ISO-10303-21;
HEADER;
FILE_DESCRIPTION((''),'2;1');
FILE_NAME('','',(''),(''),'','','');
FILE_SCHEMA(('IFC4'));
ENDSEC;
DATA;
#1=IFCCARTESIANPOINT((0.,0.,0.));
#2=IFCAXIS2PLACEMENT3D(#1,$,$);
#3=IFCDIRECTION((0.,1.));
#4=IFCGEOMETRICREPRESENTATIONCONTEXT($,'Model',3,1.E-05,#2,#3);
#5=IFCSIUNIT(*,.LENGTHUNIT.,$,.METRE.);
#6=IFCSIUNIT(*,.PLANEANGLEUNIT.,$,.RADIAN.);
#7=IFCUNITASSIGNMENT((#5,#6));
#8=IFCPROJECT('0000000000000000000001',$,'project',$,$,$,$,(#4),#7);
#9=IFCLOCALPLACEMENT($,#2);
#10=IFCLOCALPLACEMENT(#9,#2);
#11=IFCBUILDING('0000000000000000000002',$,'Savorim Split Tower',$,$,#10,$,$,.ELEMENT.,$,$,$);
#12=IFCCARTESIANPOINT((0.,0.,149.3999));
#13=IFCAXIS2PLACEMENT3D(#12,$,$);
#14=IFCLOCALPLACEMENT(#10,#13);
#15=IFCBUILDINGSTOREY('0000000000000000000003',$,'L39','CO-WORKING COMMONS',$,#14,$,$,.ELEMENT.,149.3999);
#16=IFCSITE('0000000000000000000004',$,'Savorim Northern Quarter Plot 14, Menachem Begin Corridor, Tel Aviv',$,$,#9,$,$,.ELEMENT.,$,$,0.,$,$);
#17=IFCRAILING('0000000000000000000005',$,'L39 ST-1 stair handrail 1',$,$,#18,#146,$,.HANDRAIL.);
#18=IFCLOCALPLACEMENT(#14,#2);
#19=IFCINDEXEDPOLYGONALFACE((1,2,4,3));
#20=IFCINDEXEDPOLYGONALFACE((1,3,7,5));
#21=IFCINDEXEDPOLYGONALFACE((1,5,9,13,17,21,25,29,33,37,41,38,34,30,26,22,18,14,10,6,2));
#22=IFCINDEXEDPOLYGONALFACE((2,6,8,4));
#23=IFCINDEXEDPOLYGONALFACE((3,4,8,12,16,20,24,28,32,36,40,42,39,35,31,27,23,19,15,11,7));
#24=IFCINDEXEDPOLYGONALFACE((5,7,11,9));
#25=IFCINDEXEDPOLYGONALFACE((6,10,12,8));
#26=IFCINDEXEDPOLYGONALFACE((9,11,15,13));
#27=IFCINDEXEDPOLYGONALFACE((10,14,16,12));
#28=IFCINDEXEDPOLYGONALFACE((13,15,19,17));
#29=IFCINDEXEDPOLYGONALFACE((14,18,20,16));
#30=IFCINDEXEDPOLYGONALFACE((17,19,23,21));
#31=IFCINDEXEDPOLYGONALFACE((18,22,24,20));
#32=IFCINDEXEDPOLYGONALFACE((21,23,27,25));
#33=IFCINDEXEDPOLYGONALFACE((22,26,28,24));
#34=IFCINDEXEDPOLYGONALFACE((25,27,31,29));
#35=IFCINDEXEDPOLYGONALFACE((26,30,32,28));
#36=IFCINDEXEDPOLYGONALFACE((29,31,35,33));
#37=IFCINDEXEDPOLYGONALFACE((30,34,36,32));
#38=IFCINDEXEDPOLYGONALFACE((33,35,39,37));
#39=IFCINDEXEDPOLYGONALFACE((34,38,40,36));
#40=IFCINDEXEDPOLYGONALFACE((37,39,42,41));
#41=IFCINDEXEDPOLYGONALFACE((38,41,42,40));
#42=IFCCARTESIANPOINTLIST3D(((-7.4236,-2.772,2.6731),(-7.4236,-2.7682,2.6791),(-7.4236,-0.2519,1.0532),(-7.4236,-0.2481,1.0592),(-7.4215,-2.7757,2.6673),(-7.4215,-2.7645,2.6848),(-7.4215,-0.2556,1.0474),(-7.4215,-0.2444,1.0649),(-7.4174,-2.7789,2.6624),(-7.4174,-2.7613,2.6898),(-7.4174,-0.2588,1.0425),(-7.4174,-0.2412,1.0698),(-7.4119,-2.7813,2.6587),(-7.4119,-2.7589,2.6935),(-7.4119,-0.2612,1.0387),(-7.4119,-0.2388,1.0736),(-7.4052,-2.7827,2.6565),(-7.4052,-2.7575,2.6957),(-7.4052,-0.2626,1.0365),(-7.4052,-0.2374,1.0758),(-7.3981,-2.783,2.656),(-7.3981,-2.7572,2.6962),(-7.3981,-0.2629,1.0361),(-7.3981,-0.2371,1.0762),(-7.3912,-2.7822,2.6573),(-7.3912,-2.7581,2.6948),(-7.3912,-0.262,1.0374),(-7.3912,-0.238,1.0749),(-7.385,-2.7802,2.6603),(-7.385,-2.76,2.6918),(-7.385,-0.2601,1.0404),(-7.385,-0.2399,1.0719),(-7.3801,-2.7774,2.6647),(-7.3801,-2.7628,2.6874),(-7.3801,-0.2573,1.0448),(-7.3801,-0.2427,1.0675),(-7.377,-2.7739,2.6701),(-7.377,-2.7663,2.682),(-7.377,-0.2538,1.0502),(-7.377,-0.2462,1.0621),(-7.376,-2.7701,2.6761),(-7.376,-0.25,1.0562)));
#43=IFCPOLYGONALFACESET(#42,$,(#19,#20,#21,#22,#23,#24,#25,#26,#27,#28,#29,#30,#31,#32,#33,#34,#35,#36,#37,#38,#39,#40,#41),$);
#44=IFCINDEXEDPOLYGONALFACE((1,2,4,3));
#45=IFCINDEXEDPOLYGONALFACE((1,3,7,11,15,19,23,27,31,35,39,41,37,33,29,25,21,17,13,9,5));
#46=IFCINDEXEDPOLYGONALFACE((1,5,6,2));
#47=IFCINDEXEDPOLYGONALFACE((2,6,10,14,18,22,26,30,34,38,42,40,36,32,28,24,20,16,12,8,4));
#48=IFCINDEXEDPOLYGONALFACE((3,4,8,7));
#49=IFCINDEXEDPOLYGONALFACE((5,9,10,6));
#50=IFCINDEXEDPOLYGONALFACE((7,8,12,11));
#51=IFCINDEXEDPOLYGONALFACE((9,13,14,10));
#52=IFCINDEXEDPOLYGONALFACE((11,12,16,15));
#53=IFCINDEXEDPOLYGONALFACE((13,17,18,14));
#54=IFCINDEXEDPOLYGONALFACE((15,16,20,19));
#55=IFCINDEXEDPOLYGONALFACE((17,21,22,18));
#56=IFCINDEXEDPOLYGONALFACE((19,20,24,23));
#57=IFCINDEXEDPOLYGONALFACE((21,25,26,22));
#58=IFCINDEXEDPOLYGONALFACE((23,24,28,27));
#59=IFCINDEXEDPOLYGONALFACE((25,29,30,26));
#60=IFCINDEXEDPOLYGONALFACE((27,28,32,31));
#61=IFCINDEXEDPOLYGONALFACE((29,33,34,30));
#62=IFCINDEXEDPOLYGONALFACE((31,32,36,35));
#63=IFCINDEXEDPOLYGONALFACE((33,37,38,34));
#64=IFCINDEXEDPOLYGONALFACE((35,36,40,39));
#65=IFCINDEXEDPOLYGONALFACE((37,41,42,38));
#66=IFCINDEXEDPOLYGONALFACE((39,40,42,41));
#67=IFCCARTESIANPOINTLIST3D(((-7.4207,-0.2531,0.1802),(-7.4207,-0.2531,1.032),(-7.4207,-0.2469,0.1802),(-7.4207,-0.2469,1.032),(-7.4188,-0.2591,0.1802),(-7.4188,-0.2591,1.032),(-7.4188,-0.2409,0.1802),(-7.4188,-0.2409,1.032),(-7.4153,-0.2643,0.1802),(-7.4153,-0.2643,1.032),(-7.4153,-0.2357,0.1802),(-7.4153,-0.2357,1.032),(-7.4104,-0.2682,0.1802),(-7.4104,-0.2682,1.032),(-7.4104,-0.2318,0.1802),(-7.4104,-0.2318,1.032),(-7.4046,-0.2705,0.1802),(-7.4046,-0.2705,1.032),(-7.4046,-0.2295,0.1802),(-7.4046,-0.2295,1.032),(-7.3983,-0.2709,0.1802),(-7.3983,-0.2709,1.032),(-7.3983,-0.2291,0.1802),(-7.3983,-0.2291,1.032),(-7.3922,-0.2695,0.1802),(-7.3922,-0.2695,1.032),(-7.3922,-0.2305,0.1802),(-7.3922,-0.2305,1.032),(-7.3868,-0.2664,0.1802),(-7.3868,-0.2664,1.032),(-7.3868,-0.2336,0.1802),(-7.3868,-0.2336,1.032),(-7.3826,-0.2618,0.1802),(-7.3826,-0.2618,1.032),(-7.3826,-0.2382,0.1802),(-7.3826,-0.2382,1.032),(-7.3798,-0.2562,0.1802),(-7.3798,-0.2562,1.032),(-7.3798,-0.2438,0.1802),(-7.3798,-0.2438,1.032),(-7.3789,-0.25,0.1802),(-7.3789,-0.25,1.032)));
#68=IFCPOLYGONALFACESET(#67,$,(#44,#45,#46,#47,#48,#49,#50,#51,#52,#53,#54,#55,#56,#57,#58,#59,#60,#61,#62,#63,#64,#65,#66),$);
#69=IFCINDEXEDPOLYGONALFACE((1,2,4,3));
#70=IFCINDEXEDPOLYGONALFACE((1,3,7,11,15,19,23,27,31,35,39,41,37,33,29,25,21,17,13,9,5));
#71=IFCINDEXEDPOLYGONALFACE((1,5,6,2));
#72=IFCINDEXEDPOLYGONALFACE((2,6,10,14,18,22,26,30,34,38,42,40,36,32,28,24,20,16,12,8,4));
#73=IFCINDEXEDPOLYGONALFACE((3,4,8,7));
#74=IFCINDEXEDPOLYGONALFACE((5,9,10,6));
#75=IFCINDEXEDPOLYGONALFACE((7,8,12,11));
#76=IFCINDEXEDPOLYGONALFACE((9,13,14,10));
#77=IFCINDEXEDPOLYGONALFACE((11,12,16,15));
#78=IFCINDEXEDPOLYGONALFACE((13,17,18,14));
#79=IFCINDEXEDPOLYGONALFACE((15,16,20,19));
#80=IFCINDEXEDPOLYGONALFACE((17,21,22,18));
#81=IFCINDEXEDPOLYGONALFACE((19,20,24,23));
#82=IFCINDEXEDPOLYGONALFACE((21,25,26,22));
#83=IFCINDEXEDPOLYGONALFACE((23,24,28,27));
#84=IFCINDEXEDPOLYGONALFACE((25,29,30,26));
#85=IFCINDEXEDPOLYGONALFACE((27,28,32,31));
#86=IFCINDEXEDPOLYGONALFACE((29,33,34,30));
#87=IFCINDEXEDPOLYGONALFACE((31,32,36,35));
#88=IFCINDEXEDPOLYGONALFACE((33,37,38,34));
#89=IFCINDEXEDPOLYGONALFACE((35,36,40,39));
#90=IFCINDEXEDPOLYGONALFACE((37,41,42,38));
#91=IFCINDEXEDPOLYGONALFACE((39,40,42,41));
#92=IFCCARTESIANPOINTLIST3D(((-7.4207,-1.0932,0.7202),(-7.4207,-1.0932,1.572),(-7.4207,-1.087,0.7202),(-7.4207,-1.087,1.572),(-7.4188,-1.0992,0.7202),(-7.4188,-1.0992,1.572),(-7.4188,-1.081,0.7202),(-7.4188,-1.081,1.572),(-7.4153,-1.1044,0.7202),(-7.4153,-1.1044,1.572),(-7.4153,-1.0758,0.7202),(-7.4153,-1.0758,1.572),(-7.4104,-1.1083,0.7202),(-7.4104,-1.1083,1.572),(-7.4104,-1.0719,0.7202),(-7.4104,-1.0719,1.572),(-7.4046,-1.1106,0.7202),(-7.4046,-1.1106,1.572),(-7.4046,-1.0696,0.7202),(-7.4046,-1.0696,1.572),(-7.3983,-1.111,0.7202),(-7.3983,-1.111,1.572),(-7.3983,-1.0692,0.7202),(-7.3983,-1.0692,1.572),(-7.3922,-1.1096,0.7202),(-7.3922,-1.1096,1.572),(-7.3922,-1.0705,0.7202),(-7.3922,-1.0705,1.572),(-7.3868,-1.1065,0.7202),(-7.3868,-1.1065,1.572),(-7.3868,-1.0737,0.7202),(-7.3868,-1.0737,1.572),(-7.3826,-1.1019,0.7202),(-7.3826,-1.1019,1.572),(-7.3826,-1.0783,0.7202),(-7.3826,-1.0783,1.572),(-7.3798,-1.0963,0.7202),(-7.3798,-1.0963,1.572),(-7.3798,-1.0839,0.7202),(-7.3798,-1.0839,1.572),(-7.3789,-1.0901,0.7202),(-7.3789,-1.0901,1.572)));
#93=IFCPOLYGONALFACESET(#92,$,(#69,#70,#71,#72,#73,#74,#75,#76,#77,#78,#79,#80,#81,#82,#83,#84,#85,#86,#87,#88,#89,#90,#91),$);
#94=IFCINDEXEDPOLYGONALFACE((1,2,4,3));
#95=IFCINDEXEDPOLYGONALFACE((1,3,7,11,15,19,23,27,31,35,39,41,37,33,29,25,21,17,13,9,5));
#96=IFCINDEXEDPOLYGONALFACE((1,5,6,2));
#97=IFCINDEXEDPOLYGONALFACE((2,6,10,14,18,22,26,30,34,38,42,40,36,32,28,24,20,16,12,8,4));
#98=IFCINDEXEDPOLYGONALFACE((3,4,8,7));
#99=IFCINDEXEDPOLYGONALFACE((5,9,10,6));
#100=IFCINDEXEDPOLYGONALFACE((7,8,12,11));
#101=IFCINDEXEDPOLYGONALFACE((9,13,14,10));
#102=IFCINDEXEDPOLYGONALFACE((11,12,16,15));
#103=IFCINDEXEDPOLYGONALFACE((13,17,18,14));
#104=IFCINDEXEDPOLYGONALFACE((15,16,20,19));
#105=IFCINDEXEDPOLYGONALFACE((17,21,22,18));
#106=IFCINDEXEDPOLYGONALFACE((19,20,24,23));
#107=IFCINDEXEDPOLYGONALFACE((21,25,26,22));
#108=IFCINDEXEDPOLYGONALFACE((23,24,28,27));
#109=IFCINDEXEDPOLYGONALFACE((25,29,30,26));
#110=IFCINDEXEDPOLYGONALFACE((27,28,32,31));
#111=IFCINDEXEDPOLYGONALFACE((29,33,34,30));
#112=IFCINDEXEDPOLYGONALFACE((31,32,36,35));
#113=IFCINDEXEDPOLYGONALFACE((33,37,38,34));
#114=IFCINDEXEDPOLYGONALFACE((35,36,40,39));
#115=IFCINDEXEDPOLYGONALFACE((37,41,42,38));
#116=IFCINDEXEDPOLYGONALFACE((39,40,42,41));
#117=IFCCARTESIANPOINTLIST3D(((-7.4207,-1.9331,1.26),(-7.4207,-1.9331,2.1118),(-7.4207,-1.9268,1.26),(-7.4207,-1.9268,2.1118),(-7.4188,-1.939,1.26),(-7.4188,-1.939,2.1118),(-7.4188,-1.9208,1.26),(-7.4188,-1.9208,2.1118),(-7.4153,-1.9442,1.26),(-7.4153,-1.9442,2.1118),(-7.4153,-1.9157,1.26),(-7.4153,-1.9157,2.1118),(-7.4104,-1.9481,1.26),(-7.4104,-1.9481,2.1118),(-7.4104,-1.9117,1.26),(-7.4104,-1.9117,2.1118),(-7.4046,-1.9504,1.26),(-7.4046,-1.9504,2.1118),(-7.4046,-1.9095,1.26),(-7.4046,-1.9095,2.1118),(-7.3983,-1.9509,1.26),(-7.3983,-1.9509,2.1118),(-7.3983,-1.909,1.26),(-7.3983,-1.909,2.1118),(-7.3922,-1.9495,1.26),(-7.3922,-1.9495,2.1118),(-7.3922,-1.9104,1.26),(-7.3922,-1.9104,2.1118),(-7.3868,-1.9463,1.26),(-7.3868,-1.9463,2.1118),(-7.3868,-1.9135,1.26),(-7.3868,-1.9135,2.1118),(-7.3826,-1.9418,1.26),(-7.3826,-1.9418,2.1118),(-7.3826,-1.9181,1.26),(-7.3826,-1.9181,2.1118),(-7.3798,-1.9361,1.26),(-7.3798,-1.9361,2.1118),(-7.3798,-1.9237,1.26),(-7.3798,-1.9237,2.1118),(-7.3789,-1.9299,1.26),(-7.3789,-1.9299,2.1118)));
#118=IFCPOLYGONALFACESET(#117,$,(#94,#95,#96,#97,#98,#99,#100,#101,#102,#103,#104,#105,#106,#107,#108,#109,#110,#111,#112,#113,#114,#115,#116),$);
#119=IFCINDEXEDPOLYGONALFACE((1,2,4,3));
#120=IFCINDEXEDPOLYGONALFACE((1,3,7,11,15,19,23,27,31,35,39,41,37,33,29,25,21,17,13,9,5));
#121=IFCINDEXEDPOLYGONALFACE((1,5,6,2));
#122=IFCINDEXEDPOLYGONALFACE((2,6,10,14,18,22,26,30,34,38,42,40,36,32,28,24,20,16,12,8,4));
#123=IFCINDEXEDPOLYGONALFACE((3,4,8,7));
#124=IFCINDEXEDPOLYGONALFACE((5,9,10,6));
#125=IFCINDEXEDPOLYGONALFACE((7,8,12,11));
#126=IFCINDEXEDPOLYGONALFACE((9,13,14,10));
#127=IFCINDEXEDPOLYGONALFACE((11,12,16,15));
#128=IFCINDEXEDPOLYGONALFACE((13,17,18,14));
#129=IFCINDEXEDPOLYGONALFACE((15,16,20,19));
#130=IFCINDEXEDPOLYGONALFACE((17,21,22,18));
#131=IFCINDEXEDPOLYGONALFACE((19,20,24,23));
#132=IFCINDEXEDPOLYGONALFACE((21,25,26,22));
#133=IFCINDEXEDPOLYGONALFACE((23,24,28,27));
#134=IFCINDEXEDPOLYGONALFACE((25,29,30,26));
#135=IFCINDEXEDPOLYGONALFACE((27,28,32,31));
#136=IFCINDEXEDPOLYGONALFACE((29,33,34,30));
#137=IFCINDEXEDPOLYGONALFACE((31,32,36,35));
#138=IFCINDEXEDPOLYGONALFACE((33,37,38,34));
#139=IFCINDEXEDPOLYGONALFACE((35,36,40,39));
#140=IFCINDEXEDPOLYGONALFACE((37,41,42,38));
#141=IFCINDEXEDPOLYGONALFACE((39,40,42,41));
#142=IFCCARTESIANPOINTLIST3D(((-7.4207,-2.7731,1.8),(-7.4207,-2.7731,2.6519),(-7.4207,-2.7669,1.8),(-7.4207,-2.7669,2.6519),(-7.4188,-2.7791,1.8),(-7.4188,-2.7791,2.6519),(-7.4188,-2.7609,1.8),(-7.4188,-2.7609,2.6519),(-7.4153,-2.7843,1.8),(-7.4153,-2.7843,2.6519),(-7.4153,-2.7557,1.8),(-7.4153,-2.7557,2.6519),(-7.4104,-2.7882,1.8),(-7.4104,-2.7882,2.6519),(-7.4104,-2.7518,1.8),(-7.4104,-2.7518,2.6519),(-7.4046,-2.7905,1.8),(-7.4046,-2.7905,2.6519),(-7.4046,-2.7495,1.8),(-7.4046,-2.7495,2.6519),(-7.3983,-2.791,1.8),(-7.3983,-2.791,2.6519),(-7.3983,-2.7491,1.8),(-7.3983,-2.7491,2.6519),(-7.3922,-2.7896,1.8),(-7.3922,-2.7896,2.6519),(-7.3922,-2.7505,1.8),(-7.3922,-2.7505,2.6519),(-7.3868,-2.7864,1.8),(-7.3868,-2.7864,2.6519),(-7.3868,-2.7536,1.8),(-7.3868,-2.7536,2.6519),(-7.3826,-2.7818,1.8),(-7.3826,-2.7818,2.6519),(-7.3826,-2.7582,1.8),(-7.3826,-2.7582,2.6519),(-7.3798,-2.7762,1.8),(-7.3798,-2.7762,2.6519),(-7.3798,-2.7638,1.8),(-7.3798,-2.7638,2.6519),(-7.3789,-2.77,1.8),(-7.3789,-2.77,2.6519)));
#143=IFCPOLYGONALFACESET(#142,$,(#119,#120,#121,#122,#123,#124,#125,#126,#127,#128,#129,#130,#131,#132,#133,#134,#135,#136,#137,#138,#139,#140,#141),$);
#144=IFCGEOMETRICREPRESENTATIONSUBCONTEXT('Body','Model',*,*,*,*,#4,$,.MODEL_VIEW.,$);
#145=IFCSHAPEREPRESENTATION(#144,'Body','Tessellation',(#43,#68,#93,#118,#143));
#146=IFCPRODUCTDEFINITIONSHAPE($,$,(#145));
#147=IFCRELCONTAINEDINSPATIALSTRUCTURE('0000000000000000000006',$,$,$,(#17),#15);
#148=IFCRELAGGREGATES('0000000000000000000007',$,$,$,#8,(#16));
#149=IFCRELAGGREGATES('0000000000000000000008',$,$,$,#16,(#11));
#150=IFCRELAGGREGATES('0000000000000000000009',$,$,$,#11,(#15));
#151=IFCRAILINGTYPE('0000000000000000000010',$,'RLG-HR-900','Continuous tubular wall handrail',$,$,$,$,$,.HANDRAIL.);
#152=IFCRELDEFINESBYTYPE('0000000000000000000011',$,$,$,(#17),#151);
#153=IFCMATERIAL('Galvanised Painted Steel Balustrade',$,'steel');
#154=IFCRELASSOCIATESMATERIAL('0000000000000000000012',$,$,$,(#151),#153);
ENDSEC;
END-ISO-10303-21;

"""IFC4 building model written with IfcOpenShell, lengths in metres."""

from ifc_helpers import new_model, si_unit, direction, frame, origin, origin_2d, place, context, subcontext, project, spatial, circle, extrude, material, type_object, element, save


model = new_model("IFC4")

# Units and contexts
model_context = context("Model", 3, precision=1e-05, world=origin(), true_north=direction((0.0, 1.0)))
body_context = subcontext(model_context, "Body", "Model", "MODEL_VIEW")
ifc_project = project(units=[si_unit("LENGTHUNIT", "METRE"), si_unit("PLANEANGLEUNIT", "RADIAN")], contexts=[model_context])

# Site, building, storey
site_placement = place(None, origin())
site = spatial("IfcSite", under=ifc_project, at=site_placement, Name="Savorim Northern Quarter Plot 14, Menachem Begin Corridor, Tel Aviv", CompositionType="ELEMENT", RefElevation=0.0)
building_placement = place(site_placement, origin())
building = spatial("IfcBuilding", under=site, at=building_placement, Name="Savorim Split Tower", CompositionType="ELEMENT")
storey_placement = place(building_placement, frame((0.0, 0.0, 149.3999)))
storey = spatial("IfcBuildingStorey", under=building, at=storey_placement, Name="L39", Description="CO-WORKING COMMONS", CompositionType="ELEMENT", Elevation=149.3999)

# Railing
ifc_material_1 = material(Name="Galvanised Painted Steel Balustrade", Category="steel")
railing_type_1 = type_object("IfcRailingType", Name="RLG-HR-900", Description="Continuous tubular wall handrail", PredefinedType="HANDRAIL", material=ifc_material_1)
railing_1_placement = place(storey_placement, frame((-7.3999, -0.25, 0.1802)))
element("IfcRailing", 1, at=railing_1_placement, inside=storey, type_object=railing_type_1, Name="L39 ST-1 stair handrail 1", PredefinedType="HANDRAIL", context=body_context, shape_type="SweptSolid", body=[
    extrude(circle(Radius=0.0239, at=origin_2d()), frame((0.0, 0.0, 0.876), z_axis=(0.0, -0.8412, 0.540725), x_axis=(1.0, 0.0, 0.0)), (0.0, 0.0, 1.0), 2.9958),
    extrude(circle(Radius=0.021, at=origin_2d()), origin(), (0.0, 0.0, 1.0), 0.8518),
    extrude(circle(Radius=0.021, at=origin_2d()), frame((0.0, -0.8401, 0.54)), (0.0, 0.0, 1.0), 0.8518),
    extrude(circle(Radius=0.021, at=origin_2d()), frame((0.0, -1.6799, 1.0798)), (0.0, 0.0, 1.0), 0.8518),
    extrude(circle(Radius=0.021, at=origin_2d()), frame((0.0, -2.52, 1.6199)), (0.0, 0.0, 1.0), 0.8518),
])

save(model, "model.ifc")
